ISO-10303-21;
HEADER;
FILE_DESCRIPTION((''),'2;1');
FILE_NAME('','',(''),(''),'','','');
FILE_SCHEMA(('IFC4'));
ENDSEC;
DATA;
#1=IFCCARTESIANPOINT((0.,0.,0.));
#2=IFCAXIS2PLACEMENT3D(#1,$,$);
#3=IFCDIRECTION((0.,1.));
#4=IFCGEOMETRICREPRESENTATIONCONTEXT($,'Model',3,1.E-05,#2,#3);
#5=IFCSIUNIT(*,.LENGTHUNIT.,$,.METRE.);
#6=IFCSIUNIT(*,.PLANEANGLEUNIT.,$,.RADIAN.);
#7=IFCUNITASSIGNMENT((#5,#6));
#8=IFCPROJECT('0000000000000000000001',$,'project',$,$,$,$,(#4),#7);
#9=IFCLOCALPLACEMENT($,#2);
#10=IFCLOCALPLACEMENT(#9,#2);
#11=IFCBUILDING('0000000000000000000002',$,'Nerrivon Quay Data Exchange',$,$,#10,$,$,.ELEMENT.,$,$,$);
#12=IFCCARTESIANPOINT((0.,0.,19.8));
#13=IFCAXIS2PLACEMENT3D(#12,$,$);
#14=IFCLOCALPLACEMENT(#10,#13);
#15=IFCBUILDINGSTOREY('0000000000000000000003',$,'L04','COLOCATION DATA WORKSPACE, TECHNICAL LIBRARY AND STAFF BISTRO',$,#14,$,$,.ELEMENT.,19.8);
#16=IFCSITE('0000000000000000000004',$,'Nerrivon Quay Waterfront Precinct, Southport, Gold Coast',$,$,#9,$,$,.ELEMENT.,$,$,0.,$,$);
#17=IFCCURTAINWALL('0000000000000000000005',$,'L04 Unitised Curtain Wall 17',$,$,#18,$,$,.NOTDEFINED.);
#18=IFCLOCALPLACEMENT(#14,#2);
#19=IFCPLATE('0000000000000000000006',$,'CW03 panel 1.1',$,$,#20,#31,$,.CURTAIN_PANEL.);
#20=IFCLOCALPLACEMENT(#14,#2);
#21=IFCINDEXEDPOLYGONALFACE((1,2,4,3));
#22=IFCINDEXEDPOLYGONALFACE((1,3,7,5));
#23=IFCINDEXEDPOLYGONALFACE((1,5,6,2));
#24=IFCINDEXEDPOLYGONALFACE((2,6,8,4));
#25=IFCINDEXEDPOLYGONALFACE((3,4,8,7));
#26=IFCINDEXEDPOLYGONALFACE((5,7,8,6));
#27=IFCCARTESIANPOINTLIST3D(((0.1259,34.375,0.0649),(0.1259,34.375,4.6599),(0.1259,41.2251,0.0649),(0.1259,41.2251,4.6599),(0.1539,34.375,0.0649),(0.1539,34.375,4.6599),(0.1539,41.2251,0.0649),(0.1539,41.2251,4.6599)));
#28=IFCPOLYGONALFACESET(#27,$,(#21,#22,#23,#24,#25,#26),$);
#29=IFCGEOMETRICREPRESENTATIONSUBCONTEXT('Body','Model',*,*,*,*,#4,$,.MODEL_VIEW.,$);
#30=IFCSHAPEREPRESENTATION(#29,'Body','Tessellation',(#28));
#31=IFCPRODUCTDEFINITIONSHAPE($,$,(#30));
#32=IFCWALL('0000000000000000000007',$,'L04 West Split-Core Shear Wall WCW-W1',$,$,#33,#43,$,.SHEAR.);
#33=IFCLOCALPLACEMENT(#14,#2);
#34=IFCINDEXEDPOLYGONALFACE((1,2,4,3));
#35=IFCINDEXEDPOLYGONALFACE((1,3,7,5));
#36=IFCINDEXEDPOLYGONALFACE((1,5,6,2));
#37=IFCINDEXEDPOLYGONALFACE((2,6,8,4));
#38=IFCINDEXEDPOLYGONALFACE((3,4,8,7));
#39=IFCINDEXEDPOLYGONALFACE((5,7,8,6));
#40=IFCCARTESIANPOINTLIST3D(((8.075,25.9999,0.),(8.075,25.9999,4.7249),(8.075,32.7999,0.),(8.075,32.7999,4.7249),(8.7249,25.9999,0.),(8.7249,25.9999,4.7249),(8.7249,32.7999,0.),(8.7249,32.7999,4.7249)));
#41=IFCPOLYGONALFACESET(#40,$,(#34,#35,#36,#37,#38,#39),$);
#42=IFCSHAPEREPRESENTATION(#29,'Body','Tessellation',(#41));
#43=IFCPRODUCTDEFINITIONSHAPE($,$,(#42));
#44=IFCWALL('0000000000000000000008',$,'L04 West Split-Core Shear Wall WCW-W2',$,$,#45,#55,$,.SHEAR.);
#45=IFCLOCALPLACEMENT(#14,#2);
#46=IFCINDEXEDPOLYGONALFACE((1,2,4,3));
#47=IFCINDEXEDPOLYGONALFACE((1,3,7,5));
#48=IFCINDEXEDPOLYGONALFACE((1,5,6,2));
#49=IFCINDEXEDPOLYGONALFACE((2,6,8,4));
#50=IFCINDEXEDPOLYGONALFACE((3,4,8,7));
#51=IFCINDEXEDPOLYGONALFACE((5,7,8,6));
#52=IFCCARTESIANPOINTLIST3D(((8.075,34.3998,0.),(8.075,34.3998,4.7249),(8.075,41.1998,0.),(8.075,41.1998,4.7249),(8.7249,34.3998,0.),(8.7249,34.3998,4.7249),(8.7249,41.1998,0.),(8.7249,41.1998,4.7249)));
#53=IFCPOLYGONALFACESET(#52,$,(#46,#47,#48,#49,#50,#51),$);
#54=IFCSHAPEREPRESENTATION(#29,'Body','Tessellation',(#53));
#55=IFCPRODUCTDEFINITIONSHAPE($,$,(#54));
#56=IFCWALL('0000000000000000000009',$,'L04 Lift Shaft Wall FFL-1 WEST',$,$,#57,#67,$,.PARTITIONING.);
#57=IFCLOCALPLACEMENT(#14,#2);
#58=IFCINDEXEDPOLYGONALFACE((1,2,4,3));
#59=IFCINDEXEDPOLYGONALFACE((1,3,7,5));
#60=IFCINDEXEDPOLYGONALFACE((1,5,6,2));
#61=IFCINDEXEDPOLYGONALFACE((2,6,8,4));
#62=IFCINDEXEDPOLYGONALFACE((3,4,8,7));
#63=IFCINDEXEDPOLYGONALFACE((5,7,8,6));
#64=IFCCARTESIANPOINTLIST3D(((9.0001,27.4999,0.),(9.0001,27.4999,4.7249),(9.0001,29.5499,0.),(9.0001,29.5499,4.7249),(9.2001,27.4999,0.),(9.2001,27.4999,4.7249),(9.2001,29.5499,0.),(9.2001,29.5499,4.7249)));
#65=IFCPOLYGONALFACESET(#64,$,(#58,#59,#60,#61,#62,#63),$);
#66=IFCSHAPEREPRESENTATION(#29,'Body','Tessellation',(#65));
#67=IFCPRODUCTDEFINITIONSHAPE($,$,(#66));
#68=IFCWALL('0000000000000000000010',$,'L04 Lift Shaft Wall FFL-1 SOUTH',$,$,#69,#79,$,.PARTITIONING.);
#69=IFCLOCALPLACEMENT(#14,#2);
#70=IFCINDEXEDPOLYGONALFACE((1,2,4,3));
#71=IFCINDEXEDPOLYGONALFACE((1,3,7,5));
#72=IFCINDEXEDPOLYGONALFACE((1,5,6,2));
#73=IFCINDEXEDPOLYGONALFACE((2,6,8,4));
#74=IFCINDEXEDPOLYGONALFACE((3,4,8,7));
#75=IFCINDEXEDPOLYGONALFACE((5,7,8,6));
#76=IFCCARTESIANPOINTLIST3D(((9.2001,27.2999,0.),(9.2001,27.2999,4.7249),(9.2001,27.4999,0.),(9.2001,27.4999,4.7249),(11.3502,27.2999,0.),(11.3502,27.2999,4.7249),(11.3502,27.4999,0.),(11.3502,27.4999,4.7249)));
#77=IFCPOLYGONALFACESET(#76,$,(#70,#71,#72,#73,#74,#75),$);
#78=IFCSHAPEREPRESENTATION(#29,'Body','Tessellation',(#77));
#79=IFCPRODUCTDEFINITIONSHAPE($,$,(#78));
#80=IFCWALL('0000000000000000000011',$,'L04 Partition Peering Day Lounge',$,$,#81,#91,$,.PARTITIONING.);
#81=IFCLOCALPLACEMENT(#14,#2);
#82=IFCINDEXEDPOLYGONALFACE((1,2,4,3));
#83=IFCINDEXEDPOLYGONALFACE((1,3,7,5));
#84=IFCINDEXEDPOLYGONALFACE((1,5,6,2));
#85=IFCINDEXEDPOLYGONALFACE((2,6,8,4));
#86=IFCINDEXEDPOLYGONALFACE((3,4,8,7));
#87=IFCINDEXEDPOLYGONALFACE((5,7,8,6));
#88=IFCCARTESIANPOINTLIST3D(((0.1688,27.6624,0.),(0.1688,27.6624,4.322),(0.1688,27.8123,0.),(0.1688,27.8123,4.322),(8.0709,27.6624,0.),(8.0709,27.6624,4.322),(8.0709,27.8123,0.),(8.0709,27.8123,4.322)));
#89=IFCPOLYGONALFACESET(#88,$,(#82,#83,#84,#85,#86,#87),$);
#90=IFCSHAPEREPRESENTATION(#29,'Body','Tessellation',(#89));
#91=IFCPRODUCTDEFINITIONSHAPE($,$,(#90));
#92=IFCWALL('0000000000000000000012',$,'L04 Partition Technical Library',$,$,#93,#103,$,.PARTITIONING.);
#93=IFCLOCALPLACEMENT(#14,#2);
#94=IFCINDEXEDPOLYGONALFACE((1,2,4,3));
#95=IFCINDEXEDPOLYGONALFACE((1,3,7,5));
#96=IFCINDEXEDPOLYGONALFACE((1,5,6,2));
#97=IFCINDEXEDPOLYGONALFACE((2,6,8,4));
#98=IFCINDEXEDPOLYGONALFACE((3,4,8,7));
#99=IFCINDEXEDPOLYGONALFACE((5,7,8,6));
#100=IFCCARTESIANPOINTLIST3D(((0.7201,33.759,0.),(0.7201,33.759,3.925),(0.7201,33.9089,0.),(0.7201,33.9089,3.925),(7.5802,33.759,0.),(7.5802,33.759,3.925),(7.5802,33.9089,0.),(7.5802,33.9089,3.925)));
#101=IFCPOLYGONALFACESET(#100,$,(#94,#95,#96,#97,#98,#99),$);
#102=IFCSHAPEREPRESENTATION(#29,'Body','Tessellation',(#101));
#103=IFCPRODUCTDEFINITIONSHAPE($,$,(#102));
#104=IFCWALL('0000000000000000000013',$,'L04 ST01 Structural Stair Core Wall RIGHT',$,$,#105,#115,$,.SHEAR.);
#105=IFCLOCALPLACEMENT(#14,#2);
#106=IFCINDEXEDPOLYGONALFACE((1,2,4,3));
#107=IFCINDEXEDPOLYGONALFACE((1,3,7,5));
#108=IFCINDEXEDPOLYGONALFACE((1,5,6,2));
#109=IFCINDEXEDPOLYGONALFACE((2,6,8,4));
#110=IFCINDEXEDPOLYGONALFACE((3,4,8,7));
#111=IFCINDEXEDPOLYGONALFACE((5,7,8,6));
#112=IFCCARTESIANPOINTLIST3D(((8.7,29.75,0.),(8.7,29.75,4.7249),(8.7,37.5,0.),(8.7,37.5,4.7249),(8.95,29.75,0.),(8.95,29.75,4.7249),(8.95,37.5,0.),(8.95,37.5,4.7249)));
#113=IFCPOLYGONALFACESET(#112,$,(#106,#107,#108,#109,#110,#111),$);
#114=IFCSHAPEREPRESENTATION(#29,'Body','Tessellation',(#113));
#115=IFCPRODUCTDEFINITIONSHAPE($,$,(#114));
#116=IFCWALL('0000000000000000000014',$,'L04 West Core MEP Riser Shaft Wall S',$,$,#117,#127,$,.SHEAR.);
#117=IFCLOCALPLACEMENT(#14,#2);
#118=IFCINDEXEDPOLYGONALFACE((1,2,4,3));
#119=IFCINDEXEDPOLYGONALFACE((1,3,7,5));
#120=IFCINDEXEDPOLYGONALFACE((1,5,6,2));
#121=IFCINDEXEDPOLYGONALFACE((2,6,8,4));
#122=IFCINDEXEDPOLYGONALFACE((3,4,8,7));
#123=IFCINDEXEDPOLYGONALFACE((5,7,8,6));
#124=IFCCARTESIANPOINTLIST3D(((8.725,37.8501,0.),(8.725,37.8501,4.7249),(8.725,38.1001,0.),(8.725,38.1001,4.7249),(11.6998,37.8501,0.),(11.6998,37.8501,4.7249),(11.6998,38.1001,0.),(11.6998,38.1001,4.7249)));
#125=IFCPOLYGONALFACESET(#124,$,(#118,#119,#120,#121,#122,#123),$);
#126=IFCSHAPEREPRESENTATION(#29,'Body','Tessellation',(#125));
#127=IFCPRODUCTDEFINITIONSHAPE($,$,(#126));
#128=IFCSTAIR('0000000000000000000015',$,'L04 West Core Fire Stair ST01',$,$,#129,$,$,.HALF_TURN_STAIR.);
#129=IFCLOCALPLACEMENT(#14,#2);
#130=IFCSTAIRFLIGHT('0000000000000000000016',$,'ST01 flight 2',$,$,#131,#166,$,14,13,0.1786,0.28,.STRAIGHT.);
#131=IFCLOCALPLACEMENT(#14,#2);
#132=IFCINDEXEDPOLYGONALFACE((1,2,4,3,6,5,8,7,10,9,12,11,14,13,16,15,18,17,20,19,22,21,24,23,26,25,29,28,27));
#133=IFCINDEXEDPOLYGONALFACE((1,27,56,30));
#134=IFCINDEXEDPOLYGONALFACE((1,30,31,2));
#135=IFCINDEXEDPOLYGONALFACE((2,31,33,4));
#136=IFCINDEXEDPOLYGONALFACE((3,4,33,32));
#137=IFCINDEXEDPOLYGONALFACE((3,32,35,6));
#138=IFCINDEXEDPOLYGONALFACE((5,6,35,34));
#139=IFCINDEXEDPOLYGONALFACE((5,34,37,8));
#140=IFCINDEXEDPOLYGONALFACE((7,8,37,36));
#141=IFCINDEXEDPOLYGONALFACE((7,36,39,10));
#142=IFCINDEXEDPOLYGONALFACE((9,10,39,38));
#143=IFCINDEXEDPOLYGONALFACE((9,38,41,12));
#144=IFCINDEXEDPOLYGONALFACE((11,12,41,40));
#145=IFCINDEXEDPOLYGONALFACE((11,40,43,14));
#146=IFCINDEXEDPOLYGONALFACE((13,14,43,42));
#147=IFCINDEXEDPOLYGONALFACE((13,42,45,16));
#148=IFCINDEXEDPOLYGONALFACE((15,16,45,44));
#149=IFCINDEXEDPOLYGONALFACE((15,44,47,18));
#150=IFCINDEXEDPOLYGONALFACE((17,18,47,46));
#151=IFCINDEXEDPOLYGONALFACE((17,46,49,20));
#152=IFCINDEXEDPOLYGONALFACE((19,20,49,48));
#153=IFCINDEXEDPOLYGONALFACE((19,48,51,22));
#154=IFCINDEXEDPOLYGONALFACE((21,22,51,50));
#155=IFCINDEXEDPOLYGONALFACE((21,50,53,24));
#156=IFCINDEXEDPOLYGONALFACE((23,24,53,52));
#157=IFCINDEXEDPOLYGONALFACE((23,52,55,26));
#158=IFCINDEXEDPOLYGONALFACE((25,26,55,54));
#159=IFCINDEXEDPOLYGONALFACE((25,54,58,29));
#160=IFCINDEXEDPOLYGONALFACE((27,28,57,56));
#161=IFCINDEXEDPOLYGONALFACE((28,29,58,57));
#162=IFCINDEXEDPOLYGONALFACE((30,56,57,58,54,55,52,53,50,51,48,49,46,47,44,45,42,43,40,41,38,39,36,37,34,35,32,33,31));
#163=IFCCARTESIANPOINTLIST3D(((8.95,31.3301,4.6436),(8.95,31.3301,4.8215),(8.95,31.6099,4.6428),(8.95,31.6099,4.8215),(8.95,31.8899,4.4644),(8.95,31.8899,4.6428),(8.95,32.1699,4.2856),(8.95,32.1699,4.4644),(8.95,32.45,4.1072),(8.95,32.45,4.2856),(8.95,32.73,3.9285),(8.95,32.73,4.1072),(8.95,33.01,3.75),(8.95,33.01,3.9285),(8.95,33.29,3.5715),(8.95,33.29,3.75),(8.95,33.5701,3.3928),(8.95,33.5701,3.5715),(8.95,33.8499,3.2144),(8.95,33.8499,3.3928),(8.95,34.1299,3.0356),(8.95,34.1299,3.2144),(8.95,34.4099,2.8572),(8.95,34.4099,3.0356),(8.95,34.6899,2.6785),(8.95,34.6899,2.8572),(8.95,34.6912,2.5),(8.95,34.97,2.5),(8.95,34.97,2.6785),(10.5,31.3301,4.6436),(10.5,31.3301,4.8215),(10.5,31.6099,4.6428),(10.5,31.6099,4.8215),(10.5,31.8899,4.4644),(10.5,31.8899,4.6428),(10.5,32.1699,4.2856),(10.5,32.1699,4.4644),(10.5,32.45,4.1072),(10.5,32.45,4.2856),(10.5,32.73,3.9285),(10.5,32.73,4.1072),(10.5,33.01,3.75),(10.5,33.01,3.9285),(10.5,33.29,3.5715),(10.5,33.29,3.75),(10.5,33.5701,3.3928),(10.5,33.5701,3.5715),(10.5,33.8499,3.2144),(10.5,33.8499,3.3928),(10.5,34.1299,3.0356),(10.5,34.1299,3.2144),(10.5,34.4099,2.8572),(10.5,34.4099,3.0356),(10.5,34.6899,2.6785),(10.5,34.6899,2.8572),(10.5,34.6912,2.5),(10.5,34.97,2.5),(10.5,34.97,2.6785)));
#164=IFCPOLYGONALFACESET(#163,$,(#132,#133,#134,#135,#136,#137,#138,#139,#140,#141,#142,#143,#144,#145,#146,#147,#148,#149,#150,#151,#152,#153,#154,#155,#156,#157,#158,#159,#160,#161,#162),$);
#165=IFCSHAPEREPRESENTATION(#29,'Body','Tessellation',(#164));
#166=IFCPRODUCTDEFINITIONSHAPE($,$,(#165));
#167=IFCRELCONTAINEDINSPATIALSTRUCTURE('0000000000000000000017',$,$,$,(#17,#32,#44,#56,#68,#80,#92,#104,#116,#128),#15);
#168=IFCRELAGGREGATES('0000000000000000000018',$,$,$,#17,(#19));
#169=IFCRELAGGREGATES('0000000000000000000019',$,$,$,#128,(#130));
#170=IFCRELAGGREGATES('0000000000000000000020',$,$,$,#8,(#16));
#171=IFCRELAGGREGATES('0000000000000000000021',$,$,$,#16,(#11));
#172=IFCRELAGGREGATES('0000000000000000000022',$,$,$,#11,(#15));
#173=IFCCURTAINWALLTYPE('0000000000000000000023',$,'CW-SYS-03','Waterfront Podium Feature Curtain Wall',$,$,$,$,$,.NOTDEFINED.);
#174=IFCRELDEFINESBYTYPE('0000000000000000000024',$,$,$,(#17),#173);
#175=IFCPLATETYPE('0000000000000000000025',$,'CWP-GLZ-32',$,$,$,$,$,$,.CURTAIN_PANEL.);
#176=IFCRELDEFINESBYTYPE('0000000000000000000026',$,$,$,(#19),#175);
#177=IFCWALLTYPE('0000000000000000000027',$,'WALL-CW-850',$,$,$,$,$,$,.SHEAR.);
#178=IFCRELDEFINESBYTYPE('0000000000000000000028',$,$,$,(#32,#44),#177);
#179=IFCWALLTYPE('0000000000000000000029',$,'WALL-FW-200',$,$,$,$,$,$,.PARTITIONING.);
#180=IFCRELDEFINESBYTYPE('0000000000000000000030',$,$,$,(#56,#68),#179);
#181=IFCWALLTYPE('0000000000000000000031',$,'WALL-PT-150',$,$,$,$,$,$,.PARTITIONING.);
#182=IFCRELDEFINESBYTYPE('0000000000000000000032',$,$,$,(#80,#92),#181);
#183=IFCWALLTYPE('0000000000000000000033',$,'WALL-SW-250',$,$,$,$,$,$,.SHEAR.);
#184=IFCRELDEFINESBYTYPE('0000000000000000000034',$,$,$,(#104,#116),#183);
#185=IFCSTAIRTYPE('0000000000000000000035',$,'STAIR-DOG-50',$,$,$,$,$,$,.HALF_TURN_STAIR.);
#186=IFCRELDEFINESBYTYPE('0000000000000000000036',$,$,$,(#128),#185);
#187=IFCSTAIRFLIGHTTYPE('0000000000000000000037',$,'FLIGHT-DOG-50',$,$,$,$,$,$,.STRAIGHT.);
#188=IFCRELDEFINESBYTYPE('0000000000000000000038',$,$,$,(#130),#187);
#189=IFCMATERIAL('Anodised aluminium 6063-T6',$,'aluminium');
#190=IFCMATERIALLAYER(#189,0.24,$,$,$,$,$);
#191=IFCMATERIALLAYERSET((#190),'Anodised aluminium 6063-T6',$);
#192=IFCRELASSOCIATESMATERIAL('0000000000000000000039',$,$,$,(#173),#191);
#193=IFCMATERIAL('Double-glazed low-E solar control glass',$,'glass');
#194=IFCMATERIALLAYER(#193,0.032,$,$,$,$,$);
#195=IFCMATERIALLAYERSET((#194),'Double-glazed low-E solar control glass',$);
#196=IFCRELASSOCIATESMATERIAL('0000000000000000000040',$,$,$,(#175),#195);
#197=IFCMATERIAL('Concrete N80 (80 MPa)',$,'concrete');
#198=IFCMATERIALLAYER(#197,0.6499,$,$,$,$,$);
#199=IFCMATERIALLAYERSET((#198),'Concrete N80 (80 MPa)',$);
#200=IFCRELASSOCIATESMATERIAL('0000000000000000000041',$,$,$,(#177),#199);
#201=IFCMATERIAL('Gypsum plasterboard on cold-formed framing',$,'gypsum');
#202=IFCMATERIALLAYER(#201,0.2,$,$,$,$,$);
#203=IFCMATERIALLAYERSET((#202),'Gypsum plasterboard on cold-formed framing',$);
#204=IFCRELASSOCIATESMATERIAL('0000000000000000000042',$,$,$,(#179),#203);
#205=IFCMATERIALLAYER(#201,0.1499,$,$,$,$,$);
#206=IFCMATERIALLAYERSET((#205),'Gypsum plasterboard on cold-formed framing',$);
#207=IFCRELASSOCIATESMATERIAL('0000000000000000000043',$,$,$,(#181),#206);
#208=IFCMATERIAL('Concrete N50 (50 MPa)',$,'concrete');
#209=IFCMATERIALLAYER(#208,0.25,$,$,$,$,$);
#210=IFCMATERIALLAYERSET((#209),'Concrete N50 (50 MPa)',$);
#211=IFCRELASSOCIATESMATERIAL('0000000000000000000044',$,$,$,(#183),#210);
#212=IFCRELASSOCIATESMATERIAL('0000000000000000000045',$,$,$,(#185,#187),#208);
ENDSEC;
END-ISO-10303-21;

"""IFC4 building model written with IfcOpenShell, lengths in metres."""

from ifc_helpers import new_model, si_unit, direction, frame, frame_2d, origin, origin_2d, place, context, subcontext, project, spatial, polyline, rectangle, outline, extrude, material, layer, layer_set, type_object, element, aggregate, save


model = new_model("IFC4")

# Units and contexts
model_context = context("Model", 3, precision=1e-05, world=origin(), true_north=direction((0.0, 1.0)))
body_context = subcontext(model_context, "Body", "Model", "MODEL_VIEW")
ifc_project = project(units=[si_unit("LENGTHUNIT", "METRE"), si_unit("PLANEANGLEUNIT", "RADIAN")], contexts=[model_context])

# Site, building, storey
site_placement = place(None, origin())
site = spatial("IfcSite", under=ifc_project, at=site_placement, Name="Nerrivon Quay Waterfront Precinct, Southport, Gold Coast", CompositionType="ELEMENT", RefElevation=0.0)
building_placement = place(site_placement, origin())
building = spatial("IfcBuilding", under=site, at=building_placement, Name="Nerrivon Quay Data Exchange", CompositionType="ELEMENT")
storey_placement = place(building_placement, frame((0.0, 0.0, 19.8)))
storey = spatial("IfcBuildingStorey", under=building, at=storey_placement, Name="L04", Description="COLOCATION DATA WORKSPACE, TECHNICAL LIBRARY AND STAFF BISTRO", CompositionType="ELEMENT", Elevation=19.8)

# Shared definitions
ifc_material_1 = material(Name="Concrete N80 (80 MPa)", Category="concrete")

# Shared definitions
ifc_material_2 = material(Name="Anodised aluminium 6063-T6", Category="aluminium")
ifc_layer_1 = layer(ifc_material_2, 0.24)
ifc_layer_set_1 = layer_set([ifc_layer_1], Name="Anodised aluminium 6063-T6")
curtain_wall_type = type_object("IfcCurtainWallType", Name="CW-SYS-03", Description="Waterfront Podium Feature Curtain Wall", PredefinedType="NOTDEFINED", material=ifc_layer_set_1)

# Curtain wall
curtain_wall_1_placement = place(storey_placement, origin())
curtain_wall_1 = element("IfcCurtainWall", 1, at=curtain_wall_1_placement, inside=storey, type_object=curtain_wall_type, Name="L04 Unitised Curtain Wall 17", PredefinedType="NOTDEFINED")

# Plate
ifc_material_3 = material(Name="Double-glazed low-E solar control glass", Category="glass")
ifc_layer_2 = layer(ifc_material_3, 0.032)
ifc_layer_set_2 = layer_set([ifc_layer_2], Name="Double-glazed low-E solar control glass")
plate_type = type_object("IfcPlateType", Name="CWP-GLZ-32", PredefinedType="CURTAIN_PANEL", material=ifc_layer_set_2)
plate_1_placement = place(storey_placement, frame((0.1399, 37.8, 0.0649), z_axis=(0.0, 0.0, 1.0), x_axis=(0.0, 1.0, 0.0)))
plate_1 = element("IfcPlate", 2, at=plate_1_placement, type_object=plate_type, Name="CW03 panel 1.1", PredefinedType="CURTAIN_PANEL", context=body_context, shape_type="SweptSolid", body=[
    extrude(rectangle(XDim=6.8501, YDim=0.0281, at=origin_2d()), origin(), (0.0, 0.0, 1.0), 4.595),
])
aggregate(curtain_wall_1, [plate_1])

# Walls
ifc_layer_3 = layer(ifc_material_1, 0.6499)
ifc_layer_set_3 = layer_set([ifc_layer_3], Name="Concrete N80 (80 MPa)")
wall_type_1 = type_object("IfcWallType", Name="WALL-CW-850", PredefinedType="SHEAR", material=ifc_layer_set_3)
for number, where, z_axis, x_axis, name in (
    (3, (8.3999, 26.0, 0.0), (0.0, 0.0, 1.0), (0.0, 1.0, 0.0), "L04 West Split-Core Shear Wall WCW-W1"),
    (4, (8.3999, 34.3999, 0.0), (0.0, 0.0, 1.0), (0.0, 1.0, 0.0), "L04 West Split-Core Shear Wall WCW-W2"),
):
    element("IfcWall", number, at=place(storey_placement, frame(where, z_axis=z_axis, x_axis=x_axis)), inside=storey, type_object=wall_type_1, Name=name, PredefinedType="SHEAR", context=body_context, shape_type="SweptSolid", body=[
        extrude(rectangle(XDim=6.8, YDim=0.6499, at=frame_2d((3.3999, 0.0))), origin(), (0.0, 0.0, 1.0), 4.7249),
    ])
ifc_material_4 = material(Name="Gypsum plasterboard on cold-formed framing", Category="gypsum")
ifc_layer_4 = layer(ifc_material_4, 0.2)
ifc_layer_set_4 = layer_set([ifc_layer_4], Name="Gypsum plasterboard on cold-formed framing")
wall_type_2 = type_object("IfcWallType", Name="WALL-FW-200", PredefinedType="PARTITIONING", material=ifc_layer_set_4)
wall_1_placement = place(storey_placement, frame((9.1001, 27.5, 0.0), z_axis=(0.0, 0.0, 1.0), x_axis=(0.0, 1.0, 0.0)))
element("IfcWall", 5, at=wall_1_placement, inside=storey, type_object=wall_type_2, Name="L04 Lift Shaft Wall FFL-1 WEST", PredefinedType="PARTITIONING", context=body_context, shape_type="SweptSolid", body=[
    extrude(rectangle(XDim=2.05, YDim=0.2, at=frame_2d((1.0249, 0.0))), origin(), (0.0, 0.0, 1.0), 4.7249),
])
wall_2_placement = place(storey_placement, frame((9.2, 27.3999, 0.0), z_axis=(0.0, 0.0, 1.0), x_axis=(1.0, 0.0, 0.0)))
element("IfcWall", 6, at=wall_2_placement, inside=storey, type_object=wall_type_2, Name="L04 Lift Shaft Wall FFL-1 SOUTH", PredefinedType="PARTITIONING", context=body_context, shape_type="SweptSolid", body=[
    extrude(rectangle(XDim=2.1501, YDim=0.2, at=frame_2d((1.0752, 0.0))), origin(), (0.0, 0.0, 1.0), 4.7249),
])
ifc_layer_5 = layer(ifc_material_4, 0.1499)
ifc_layer_set_5 = layer_set([ifc_layer_5], Name="Gypsum plasterboard on cold-formed framing")
wall_type_3 = type_object("IfcWallType", Name="WALL-PT-150", PredefinedType="PARTITIONING", material=ifc_layer_set_5)
wall_3_placement = place(storey_placement, frame((8.071, 27.7373, 0.0), z_axis=(0.0, 0.0, 1.0), x_axis=(-1.0, 0.0, 0.0)))
element("IfcWall", 7, at=wall_3_placement, inside=storey, type_object=wall_type_3, Name="L04 Partition Peering Day Lounge", PredefinedType="PARTITIONING", context=body_context, shape_type="SweptSolid", body=[
    extrude(rectangle(XDim=7.9021, YDim=0.1499, at=frame_2d((3.9512, 0.0))), origin(), (0.0, 0.0, 1.0), 4.322),
])
wall_4_placement = place(storey_placement, frame((0.72, 33.834, 0.0), z_axis=(0.0, 0.0, 1.0), x_axis=(1.0, 0.0, 0.0)))
element("IfcWall", 8, at=wall_4_placement, inside=storey, type_object=wall_type_3, Name="L04 Partition Technical Library", PredefinedType="PARTITIONING", context=body_context, shape_type="SweptSolid", body=[
    extrude(rectangle(XDim=6.8601, YDim=0.1499, at=frame_2d((3.4302, 0.0))), origin(), (0.0, 0.0, 1.0), 3.925),
])
ifc_material_5 = material(Name="Concrete N50 (50 MPa)", Category="concrete")
ifc_layer_6 = layer(ifc_material_5, 0.25)
ifc_layer_set_6 = layer_set([ifc_layer_6], Name="Concrete N50 (50 MPa)")
wall_type_4 = type_object("IfcWallType", Name="WALL-SW-250", PredefinedType="SHEAR", material=ifc_layer_set_6)
wall_5_placement = place(storey_placement, frame((8.825, 29.75, 0.0), z_axis=(0.0, 0.0, 1.0), x_axis=(0.0, 1.0, 0.0)))
element("IfcWall", 9, at=wall_5_placement, inside=storey, type_object=wall_type_4, Name="L04 ST01 Structural Stair Core Wall RIGHT", PredefinedType="SHEAR", context=body_context, shape_type="SweptSolid", body=[
    extrude(rectangle(XDim=7.75, YDim=0.25, at=frame_2d((3.875, 0.0))), origin(), (0.0, 0.0, 1.0), 4.7249),
])
wall_6_placement = place(storey_placement, frame((8.7251, 37.9751, 0.0), z_axis=(0.0, 0.0, 1.0), x_axis=(1.0, 0.0, 0.0)))
element("IfcWall", 10, at=wall_6_placement, inside=storey, type_object=wall_type_4, Name="L04 West Core MEP Riser Shaft Wall S", PredefinedType="SHEAR", context=body_context, shape_type="SweptSolid", body=[
    extrude(rectangle(XDim=2.9749, YDim=0.25, at=frame_2d((1.4873, 0.0))), origin(), (0.0, 0.0, 1.0), 4.7249),
])

# Stair, stair flight
stair_type = type_object("IfcStairType", Name="STAIR-DOG-50", PredefinedType="HALF_TURN_STAIR", material=ifc_material_5)
stair_placement = place(storey_placement, origin())
stair = element("IfcStair", 11, at=stair_placement, inside=storey, type_object=stair_type, Name="L04 West Core Fire Stair ST01", PredefinedType="HALF_TURN_STAIR")
stair_flight_type = type_object("IfcStairFlightType", Name="FLIGHT-DOG-50", PredefinedType="STRAIGHT", material=ifc_material_5)
stair_flight_placement = place(storey_placement, frame((9.7251, 34.97, 2.5), z_axis=(0.0, 0.0, 1.0), x_axis=(0.0, -1.0, 0.0)))
stair_flight = element("IfcStairFlight", 12, at=stair_flight_placement, type_object=stair_flight_type, Name="ST01 flight 2", NumberOfRisers=14, NumberOfTreads=13, PredefinedType="STRAIGHT", RiserHeight=0.1786, TreadLength=0.28, context=body_context, shape_type="SweptSolid", body=[
    extrude(outline(polyline([(0.0, 0.0), (0.0, 0.1785), (0.28, 0.1785), (0.28, 0.3572), (0.5601, 0.3572), (0.5601, 0.5356), (0.8401, 0.5356), (0.8401, 0.7144), (1.1201, 0.7144), (1.1201, 0.8928), (1.3999, 0.8928), (1.3999, 1.0715), (1.6799, 1.0715), (1.6799, 1.25), (1.96, 1.25), (1.96, 1.4285), (2.24, 1.4285), (2.24, 1.6072), (2.52, 1.6072), (2.52, 1.7856), (2.8, 1.7856), (2.8, 1.9644), (3.0801, 1.9644), (3.0801, 2.1428), (3.3601, 2.1428), (3.3601, 2.3215), (3.6399, 2.3215), (3.6399, 2.5), (3.6399, 2.1436), (0.2788, 0.0), (0.0, 0.0)])), frame((0.0, 0.7749, 0.0), z_axis=(0.0, -1.0, 0.0), x_axis=(1.0, 0.0, 0.0)), (0.0, 0.0, 1.0), 1.55),
])
aggregate(stair, [stair_flight])

save(model, "model.ifc")
